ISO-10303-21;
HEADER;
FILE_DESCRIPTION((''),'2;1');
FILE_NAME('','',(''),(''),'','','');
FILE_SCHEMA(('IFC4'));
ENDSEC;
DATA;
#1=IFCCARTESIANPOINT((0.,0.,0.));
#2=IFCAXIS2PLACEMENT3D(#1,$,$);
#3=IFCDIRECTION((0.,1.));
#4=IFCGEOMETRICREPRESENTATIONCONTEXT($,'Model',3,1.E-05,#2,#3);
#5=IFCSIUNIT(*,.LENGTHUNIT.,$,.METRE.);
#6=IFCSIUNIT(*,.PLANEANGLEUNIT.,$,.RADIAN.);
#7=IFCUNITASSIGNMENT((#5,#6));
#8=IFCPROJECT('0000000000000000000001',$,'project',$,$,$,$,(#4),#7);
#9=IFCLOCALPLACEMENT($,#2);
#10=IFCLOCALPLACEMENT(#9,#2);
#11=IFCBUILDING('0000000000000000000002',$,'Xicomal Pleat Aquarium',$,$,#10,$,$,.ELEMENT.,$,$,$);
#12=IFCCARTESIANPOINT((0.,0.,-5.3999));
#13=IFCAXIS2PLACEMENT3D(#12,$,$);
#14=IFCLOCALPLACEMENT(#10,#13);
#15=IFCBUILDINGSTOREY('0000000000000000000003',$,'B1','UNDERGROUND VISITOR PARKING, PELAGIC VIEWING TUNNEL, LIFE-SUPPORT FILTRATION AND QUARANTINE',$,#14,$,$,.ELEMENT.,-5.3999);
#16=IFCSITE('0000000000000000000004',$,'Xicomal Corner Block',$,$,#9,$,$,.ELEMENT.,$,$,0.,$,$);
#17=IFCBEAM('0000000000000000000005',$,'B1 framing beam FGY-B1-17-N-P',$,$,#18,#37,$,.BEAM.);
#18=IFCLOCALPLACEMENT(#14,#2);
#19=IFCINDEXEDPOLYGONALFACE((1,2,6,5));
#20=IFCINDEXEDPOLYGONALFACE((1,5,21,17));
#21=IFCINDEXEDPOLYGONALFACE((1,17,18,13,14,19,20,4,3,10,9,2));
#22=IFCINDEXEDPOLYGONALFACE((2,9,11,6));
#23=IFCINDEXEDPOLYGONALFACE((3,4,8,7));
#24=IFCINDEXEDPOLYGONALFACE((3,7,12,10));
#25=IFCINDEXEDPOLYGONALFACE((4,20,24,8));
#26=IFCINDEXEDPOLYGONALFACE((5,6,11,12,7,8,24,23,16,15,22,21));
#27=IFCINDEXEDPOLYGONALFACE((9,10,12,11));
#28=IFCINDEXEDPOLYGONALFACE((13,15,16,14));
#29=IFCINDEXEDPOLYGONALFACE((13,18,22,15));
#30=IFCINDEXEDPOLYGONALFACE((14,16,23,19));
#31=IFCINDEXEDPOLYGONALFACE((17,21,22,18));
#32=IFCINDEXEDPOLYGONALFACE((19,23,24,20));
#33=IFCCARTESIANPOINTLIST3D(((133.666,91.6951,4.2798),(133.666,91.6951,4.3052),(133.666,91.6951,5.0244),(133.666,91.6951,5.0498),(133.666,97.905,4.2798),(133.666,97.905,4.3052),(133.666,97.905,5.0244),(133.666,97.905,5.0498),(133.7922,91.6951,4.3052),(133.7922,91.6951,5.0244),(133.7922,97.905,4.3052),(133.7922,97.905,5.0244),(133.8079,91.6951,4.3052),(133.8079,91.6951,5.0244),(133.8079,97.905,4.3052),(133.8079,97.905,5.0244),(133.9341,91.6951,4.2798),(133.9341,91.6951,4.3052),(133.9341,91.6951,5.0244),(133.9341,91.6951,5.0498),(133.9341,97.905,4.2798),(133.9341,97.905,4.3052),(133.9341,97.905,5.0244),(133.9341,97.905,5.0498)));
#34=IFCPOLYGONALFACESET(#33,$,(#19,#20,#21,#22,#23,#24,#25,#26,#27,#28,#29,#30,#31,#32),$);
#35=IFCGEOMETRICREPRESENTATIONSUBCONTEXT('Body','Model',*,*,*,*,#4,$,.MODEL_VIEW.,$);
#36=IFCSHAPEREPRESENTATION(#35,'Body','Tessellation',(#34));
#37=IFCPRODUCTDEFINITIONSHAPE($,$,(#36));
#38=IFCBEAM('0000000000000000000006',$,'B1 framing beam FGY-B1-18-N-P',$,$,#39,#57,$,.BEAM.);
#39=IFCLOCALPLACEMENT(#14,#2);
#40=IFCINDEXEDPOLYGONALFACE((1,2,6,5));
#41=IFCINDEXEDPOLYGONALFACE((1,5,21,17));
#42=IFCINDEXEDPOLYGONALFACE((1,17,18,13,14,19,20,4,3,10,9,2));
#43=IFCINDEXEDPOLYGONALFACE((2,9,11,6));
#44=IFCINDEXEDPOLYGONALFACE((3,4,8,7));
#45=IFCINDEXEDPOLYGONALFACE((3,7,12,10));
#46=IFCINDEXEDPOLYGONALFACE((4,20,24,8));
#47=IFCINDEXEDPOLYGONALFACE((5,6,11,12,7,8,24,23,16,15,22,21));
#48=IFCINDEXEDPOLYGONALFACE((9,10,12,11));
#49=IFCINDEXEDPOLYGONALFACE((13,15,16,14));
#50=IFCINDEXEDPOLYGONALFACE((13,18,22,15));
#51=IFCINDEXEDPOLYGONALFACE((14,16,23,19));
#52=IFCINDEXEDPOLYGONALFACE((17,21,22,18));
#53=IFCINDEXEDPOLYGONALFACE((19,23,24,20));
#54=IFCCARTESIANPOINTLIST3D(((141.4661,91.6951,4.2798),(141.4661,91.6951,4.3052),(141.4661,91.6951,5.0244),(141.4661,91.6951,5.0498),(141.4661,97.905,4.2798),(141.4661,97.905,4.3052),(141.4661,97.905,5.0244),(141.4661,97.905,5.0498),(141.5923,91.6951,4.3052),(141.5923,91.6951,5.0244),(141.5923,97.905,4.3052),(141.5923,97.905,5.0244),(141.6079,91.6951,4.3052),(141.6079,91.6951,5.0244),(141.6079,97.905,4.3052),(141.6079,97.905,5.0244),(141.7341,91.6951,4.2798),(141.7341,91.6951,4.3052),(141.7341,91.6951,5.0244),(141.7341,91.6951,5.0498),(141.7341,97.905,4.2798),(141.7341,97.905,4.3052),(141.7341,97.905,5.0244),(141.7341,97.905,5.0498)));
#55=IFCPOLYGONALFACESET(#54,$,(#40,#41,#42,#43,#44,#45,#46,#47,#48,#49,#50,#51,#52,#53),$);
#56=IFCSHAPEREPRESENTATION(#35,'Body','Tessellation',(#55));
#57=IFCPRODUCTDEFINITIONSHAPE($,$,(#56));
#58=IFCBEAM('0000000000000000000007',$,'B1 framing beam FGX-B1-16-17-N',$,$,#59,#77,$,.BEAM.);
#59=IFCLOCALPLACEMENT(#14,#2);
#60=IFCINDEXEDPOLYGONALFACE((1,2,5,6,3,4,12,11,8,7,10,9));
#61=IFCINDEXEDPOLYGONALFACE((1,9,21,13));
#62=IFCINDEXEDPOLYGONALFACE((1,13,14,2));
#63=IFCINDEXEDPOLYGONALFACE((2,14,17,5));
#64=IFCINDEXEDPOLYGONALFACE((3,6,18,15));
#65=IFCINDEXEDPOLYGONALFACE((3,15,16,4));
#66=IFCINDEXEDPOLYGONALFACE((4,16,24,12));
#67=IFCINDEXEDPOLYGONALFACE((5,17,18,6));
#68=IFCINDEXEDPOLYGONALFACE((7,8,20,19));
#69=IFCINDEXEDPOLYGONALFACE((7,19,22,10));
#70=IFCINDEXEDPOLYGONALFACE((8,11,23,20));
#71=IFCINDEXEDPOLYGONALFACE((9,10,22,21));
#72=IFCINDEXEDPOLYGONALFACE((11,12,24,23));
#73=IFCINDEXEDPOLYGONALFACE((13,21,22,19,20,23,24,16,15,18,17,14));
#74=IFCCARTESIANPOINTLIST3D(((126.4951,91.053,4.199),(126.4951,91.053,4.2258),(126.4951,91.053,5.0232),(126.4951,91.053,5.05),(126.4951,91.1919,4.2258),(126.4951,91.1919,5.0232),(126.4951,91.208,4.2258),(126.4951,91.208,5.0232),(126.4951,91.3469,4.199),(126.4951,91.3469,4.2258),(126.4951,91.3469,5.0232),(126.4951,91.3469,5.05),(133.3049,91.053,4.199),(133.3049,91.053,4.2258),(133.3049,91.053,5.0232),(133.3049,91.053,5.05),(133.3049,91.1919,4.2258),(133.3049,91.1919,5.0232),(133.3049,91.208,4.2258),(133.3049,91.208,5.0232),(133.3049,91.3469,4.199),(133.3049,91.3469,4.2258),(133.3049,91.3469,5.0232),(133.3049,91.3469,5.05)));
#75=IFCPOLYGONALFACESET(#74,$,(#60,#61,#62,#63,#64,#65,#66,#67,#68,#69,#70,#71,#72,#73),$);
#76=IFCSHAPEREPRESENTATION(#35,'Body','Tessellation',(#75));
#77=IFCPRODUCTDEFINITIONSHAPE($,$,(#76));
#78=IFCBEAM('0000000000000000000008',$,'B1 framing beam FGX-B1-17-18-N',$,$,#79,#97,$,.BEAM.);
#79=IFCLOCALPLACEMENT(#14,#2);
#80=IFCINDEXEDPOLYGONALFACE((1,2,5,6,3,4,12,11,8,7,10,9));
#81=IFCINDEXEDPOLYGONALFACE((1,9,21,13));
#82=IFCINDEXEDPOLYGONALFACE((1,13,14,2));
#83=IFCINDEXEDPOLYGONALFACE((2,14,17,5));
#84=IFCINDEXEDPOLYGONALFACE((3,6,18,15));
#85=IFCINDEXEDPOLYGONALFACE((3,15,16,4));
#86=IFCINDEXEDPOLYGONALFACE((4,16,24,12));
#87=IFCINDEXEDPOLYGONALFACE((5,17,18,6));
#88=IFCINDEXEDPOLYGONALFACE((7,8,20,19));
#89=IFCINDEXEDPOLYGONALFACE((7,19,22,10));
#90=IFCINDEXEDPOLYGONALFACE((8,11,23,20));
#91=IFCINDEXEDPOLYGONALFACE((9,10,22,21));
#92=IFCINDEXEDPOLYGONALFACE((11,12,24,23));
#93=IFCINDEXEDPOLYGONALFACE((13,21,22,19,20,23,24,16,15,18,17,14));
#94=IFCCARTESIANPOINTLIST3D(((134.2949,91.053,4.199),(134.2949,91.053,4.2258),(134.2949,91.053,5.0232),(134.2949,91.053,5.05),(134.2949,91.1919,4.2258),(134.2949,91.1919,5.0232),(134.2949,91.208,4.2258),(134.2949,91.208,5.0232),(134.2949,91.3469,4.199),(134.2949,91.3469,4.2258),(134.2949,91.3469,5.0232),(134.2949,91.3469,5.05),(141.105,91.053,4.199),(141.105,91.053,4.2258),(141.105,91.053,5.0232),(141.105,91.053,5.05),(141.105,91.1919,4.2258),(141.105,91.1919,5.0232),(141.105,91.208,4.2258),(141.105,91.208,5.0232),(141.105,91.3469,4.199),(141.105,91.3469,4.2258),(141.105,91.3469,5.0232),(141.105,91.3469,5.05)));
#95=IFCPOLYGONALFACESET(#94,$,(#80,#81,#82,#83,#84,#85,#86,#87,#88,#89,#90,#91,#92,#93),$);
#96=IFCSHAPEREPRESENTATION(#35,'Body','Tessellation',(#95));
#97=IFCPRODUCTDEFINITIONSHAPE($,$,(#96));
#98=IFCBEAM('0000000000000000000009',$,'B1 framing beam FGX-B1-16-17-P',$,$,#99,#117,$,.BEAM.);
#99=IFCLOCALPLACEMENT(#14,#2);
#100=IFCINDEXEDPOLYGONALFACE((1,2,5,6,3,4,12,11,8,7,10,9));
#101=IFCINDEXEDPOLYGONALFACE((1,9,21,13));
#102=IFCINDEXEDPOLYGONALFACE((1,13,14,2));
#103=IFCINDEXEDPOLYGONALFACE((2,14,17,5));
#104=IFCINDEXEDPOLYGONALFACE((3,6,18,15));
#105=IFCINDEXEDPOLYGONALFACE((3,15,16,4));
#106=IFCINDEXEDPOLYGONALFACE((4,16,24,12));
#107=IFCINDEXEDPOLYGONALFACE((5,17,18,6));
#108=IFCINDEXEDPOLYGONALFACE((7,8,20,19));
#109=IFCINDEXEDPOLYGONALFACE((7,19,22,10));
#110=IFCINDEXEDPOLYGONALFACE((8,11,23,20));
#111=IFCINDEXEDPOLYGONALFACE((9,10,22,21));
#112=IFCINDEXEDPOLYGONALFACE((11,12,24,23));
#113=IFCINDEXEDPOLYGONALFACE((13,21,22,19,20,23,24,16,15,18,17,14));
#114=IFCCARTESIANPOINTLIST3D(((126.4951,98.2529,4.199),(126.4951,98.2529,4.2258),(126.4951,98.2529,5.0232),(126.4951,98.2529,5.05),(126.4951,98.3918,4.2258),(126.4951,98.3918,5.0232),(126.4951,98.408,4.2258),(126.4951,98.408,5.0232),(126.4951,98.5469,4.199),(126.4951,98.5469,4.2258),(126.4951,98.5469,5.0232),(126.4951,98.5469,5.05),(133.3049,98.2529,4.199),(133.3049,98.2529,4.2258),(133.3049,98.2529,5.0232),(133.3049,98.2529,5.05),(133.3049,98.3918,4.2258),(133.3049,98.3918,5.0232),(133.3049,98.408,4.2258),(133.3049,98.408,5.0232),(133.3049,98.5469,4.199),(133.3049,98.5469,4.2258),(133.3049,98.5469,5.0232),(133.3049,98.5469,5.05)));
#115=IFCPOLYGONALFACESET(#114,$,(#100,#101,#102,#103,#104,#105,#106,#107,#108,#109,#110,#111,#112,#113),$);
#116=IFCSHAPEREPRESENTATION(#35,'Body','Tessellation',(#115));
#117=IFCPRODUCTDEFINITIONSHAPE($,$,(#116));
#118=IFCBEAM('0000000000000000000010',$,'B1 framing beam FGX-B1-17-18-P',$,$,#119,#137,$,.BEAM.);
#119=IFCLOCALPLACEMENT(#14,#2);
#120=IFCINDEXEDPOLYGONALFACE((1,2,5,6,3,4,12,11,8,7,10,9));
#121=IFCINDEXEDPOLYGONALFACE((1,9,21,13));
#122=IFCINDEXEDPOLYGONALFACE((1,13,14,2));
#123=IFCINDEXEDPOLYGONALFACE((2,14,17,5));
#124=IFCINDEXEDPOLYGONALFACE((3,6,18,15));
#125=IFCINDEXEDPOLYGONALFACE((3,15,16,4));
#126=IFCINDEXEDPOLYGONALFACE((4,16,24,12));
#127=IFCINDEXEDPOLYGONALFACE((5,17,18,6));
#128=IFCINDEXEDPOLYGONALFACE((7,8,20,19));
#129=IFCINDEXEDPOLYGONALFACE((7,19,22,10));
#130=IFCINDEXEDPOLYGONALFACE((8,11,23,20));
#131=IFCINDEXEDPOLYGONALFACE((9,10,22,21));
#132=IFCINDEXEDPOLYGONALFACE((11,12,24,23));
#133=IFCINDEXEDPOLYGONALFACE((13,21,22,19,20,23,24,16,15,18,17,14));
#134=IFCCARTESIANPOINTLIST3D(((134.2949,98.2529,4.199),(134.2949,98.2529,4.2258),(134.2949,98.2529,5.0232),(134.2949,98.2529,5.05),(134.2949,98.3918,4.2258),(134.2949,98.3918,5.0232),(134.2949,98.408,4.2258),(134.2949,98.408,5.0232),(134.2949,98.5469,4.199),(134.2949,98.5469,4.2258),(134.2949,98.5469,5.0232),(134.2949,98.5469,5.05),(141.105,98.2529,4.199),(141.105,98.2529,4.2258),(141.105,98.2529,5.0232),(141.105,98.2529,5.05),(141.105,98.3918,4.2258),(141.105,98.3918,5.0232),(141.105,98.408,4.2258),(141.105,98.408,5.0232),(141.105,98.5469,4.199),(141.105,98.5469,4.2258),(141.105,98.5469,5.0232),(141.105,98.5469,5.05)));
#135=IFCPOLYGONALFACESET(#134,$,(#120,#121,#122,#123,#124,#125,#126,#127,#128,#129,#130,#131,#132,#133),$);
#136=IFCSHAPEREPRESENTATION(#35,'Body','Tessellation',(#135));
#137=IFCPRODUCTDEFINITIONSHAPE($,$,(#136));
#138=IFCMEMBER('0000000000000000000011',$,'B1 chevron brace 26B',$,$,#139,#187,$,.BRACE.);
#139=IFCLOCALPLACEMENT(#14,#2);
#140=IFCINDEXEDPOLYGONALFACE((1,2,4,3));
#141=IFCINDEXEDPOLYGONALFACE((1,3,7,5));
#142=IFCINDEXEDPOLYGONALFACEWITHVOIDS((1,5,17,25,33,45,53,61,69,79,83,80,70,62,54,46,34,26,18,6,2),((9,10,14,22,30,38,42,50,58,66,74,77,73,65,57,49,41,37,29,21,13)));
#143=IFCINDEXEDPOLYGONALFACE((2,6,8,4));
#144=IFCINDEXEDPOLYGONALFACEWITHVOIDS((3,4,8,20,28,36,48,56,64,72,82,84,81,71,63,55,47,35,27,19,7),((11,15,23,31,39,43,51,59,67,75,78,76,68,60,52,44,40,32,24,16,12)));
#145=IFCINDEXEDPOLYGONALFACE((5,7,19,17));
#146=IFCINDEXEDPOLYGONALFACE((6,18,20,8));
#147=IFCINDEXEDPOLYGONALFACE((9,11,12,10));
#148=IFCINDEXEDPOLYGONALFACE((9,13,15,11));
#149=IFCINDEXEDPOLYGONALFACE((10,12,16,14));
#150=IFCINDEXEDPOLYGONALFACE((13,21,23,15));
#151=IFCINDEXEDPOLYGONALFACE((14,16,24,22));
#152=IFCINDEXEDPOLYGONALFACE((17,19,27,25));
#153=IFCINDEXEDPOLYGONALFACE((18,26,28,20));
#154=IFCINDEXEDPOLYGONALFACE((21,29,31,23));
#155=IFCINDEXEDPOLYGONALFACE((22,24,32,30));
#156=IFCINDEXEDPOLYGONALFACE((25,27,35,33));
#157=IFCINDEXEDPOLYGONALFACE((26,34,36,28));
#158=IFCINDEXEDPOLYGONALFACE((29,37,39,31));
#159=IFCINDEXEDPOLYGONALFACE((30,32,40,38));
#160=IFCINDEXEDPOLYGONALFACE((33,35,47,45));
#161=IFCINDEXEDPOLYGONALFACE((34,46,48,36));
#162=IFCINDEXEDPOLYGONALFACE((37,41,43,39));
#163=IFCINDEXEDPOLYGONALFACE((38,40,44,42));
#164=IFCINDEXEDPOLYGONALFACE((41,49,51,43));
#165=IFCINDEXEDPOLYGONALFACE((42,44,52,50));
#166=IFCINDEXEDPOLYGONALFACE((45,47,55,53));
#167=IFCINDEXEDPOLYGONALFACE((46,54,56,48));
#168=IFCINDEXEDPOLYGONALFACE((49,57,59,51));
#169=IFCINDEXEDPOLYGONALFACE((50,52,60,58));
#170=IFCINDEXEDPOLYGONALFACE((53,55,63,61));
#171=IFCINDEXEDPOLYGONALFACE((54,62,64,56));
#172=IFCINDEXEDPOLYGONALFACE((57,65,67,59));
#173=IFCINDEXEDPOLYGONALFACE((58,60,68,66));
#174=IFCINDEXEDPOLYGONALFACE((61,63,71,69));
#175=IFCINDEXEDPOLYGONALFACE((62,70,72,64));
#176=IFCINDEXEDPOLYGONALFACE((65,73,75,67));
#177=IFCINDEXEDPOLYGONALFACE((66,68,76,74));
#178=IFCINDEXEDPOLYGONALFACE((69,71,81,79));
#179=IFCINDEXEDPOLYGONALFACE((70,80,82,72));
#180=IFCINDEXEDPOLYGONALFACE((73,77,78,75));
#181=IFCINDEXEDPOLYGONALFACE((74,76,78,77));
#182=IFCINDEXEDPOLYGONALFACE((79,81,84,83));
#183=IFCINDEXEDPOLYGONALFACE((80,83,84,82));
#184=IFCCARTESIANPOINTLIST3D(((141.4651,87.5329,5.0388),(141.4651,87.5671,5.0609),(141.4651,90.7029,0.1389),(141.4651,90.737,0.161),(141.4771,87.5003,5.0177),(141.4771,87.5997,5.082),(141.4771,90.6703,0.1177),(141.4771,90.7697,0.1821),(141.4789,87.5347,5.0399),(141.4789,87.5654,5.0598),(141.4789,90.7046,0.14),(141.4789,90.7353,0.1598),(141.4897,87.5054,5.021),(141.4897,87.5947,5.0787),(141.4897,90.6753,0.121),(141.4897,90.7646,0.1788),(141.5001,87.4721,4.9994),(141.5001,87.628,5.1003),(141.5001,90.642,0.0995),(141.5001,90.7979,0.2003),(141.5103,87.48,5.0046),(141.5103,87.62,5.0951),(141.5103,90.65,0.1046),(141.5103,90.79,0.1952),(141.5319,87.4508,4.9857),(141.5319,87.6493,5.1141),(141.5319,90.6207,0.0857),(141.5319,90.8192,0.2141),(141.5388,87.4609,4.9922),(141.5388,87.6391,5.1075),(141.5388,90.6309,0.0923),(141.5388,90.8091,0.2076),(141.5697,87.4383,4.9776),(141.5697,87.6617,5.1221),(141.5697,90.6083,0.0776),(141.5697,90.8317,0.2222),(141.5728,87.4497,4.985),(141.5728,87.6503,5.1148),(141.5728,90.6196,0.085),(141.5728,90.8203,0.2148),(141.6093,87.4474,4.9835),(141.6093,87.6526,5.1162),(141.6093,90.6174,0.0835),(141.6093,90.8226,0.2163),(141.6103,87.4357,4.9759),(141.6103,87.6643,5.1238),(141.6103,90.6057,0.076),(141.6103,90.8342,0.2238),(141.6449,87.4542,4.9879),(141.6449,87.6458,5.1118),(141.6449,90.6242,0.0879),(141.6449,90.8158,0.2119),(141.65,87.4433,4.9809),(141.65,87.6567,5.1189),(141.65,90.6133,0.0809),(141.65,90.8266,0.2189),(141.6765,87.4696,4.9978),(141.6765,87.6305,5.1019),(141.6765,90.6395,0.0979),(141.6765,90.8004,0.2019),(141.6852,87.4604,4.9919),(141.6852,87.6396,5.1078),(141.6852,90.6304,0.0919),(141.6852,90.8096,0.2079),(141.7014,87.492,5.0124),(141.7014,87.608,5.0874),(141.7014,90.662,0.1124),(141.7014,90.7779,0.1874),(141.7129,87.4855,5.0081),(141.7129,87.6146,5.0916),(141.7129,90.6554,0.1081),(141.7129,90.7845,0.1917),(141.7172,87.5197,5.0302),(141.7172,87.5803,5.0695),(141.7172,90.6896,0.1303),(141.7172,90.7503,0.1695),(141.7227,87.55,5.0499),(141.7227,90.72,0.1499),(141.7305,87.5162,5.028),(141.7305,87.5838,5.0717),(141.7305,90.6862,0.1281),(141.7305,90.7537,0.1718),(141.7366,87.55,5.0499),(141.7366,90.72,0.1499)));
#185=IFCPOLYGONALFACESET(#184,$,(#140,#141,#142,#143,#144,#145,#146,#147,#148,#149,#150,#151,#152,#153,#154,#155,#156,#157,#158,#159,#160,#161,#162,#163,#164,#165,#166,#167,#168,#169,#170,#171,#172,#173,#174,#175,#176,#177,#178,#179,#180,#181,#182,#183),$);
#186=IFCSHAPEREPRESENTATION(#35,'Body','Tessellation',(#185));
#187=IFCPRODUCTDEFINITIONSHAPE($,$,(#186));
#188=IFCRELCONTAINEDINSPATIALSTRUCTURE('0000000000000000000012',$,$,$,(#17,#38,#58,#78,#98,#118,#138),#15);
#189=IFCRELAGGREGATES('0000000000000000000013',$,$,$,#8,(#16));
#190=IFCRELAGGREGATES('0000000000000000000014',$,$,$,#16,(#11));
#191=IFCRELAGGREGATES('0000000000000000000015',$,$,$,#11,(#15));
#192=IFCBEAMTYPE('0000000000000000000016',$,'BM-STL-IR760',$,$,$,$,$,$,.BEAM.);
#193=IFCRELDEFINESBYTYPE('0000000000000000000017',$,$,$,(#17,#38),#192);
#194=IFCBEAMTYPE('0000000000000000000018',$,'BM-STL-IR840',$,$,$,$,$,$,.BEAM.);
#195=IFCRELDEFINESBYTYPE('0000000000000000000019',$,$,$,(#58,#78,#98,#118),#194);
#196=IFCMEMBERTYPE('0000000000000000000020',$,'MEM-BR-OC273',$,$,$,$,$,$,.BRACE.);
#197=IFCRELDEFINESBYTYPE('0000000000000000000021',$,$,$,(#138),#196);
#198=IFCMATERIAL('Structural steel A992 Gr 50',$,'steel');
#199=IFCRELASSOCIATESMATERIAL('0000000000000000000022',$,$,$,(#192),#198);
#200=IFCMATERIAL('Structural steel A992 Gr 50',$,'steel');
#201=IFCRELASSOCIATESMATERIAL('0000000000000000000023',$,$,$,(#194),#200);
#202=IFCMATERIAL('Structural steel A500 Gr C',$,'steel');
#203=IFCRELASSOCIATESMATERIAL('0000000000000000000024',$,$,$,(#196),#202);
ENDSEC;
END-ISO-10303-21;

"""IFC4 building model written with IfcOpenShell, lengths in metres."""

from ifc_helpers import new_model, si_unit, direction, frame, origin, origin_2d, place, context, subcontext, project, spatial, hollow_circle, i_section, extrude, material, material_profile, profile_set, type_object, element, save


model = new_model("IFC4")

# Units and contexts
model_context = context("Model", 3, precision=1e-05, world=origin(), true_north=direction((0.0, 1.0)))
body_context = subcontext(model_context, "Body", "Model", "MODEL_VIEW")
ifc_project = project(units=[si_unit("LENGTHUNIT", "METRE"), si_unit("PLANEANGLEUNIT", "RADIAN")], contexts=[model_context])

# Site, building, storey
site_placement = place(None, origin())
site = spatial("IfcSite", under=ifc_project, at=site_placement, Name="Xicomal Corner Block", CompositionType="ELEMENT", RefElevation=0.0)
building_placement = place(site_placement, origin())
building = spatial("IfcBuilding", under=site, at=building_placement, Name="Xicomal Pleat Aquarium", CompositionType="ELEMENT")
storey_placement = place(building_placement, frame((0.0, 0.0, -5.3999)))
storey = spatial("IfcBuildingStorey", under=building, at=storey_placement, Name="B1", Description="UNDERGROUND VISITOR PARKING, PELAGIC VIEWING TUNNEL, LIFE-SUPPORT FILTRATION AND QUARANTINE", CompositionType="ELEMENT", Elevation=-5.3999)

# Beams
ifc_material_1 = material(Name="Structural steel A992 Gr 50", Category="steel")
ifc_material_profile_1 = material_profile(ifc_material_1, i_section(OverallWidth=0.2681, OverallDepth=0.77, WebThickness=0.0156, FlangeThickness=0.0254, at=origin_2d()), Name="IR 760x196")
ifc_profile_set_1 = profile_set([ifc_material_profile_1], Name="Structural steel A992 Gr 50")
beam_type_1 = type_object("IfcBeamType", Name="BM-STL-IR760", PredefinedType="BEAM", material=ifc_profile_set_1)
for number, where, z_axis, x_axis, name in (
    (1, (133.8, 91.6951, 4.6648), (0.0, 1.0, 0.0), (-1.0, 0.0, 0.0), "B1 framing beam FGY-B1-17-N-P"),
    (2, (141.6001, 91.6951, 4.6648), (0.0, 1.0, 0.0), (-1.0, 0.0, 0.0), "B1 framing beam FGY-B1-18-N-P"),
):
    element("IfcBeam", number, at=place(storey_placement, frame(where, z_axis=z_axis, x_axis=x_axis)), inside=storey, type_object=beam_type_1, Name=name, PredefinedType="BEAM", context=body_context, shape_type="SweptSolid", body=[
        extrude(i_section(OverallWidth=0.2681, OverallDepth=0.77, WebThickness=0.0156, FlangeThickness=0.0254, at=origin_2d()), origin(), (0.0, 0.0, 1.0), 6.21),
    ])
ifc_material_2 = material(Name="Structural steel A992 Gr 50", Category="steel")
ifc_material_profile_2 = material_profile(ifc_material_2, i_section(OverallWidth=0.2939, OverallDepth=0.8511, WebThickness=0.0161, FlangeThickness=0.0269, at=origin_2d()), Name="IR 840x226")
ifc_profile_set_2 = profile_set([ifc_material_profile_2], Name="Structural steel A992 Gr 50")
beam_type_2 = type_object("IfcBeamType", Name="BM-STL-IR840", PredefinedType="BEAM", material=ifc_profile_set_2)
beam_1_placement = place(storey_placement, frame((126.4951, 91.2, 4.6245), z_axis=(1.0, 0.0, 0.0), x_axis=(0.0, 1.0, 0.0)))
element("IfcBeam", 3, at=beam_1_placement, inside=storey, type_object=beam_type_2, Name="B1 framing beam FGX-B1-16-17-N", PredefinedType="BEAM", context=body_context, shape_type="SweptSolid", body=[
    extrude(i_section(OverallWidth=0.2939, OverallDepth=0.8511, WebThickness=0.0161, FlangeThickness=0.0269, at=origin_2d()), origin(), (0.0, 0.0, 1.0), 6.8098),
])
beam_2_placement = place(storey_placement, frame((134.2949, 91.2, 4.6245), z_axis=(1.0, 0.0, 0.0), x_axis=(0.0, 1.0, 0.0)))
element("IfcBeam", 4, at=beam_2_placement, inside=storey, type_object=beam_type_2, Name="B1 framing beam FGX-B1-17-18-N", PredefinedType="BEAM", context=body_context, shape_type="SweptSolid", body=[
    extrude(i_section(OverallWidth=0.2939, OverallDepth=0.8511, WebThickness=0.0161, FlangeThickness=0.0269, at=origin_2d()), origin(), (0.0, 0.0, 1.0), 6.8101),
])
beam_3_placement = place(storey_placement, frame((126.4951, 98.3999, 4.6245), z_axis=(1.0, 0.0, 0.0), x_axis=(0.0, 1.0, 0.0)))
element("IfcBeam", 5, at=beam_3_placement, inside=storey, type_object=beam_type_2, Name="B1 framing beam FGX-B1-16-17-P", PredefinedType="BEAM", context=body_context, shape_type="SweptSolid", body=[
    extrude(i_section(OverallWidth=0.2939, OverallDepth=0.8511, WebThickness=0.0161, FlangeThickness=0.0269, at=origin_2d()), origin(), (0.0, 0.0, 1.0), 6.8098),
])
beam_4_placement = place(storey_placement, frame((134.2949, 98.3999, 4.6245), z_axis=(1.0, 0.0, 0.0), x_axis=(0.0, 1.0, 0.0)))
element("IfcBeam", 6, at=beam_4_placement, inside=storey, type_object=beam_type_2, Name="B1 framing beam FGX-B1-17-18-P", PredefinedType="BEAM", context=body_context, shape_type="SweptSolid", body=[
    extrude(i_section(OverallWidth=0.2939, OverallDepth=0.8511, WebThickness=0.0161, FlangeThickness=0.0269, at=origin_2d()), origin(), (0.0, 0.0, 1.0), 6.8101),
])

# Member
ifc_material_3 = material(Name="Structural steel A500 Gr C", Category="steel")
ifc_material_profile_3 = material_profile(ifc_material_3, hollow_circle(Radius=0.1365, WallThickness=0.0139, at=origin_2d()), Name="OC 273x14")
ifc_profile_set_3 = profile_set([ifc_material_profile_3], Name="Structural steel A500 Gr C")
member_type = type_object("IfcMemberType", Name="MEM-BR-OC273", PredefinedType="BRACE", material=ifc_profile_set_3)
member_placement = place(storey_placement, frame((141.6001, 90.72, 0.1499), z_axis=(0.0, -0.543178, 0.839617), x_axis=(1.0, 0.0, 0.0)))
element("IfcMember", 7, at=member_placement, inside=storey, type_object=member_type, Name="B1 chevron brace 26B", PredefinedType="BRACE", context=body_context, shape_type="SweptSolid", body=[
    extrude(hollow_circle(Radius=0.1365, WallThickness=0.0139, at=origin_2d()), origin(), (0.0, 0.0, 1.0), 5.8359),
])

save(model, "model.ifc")
